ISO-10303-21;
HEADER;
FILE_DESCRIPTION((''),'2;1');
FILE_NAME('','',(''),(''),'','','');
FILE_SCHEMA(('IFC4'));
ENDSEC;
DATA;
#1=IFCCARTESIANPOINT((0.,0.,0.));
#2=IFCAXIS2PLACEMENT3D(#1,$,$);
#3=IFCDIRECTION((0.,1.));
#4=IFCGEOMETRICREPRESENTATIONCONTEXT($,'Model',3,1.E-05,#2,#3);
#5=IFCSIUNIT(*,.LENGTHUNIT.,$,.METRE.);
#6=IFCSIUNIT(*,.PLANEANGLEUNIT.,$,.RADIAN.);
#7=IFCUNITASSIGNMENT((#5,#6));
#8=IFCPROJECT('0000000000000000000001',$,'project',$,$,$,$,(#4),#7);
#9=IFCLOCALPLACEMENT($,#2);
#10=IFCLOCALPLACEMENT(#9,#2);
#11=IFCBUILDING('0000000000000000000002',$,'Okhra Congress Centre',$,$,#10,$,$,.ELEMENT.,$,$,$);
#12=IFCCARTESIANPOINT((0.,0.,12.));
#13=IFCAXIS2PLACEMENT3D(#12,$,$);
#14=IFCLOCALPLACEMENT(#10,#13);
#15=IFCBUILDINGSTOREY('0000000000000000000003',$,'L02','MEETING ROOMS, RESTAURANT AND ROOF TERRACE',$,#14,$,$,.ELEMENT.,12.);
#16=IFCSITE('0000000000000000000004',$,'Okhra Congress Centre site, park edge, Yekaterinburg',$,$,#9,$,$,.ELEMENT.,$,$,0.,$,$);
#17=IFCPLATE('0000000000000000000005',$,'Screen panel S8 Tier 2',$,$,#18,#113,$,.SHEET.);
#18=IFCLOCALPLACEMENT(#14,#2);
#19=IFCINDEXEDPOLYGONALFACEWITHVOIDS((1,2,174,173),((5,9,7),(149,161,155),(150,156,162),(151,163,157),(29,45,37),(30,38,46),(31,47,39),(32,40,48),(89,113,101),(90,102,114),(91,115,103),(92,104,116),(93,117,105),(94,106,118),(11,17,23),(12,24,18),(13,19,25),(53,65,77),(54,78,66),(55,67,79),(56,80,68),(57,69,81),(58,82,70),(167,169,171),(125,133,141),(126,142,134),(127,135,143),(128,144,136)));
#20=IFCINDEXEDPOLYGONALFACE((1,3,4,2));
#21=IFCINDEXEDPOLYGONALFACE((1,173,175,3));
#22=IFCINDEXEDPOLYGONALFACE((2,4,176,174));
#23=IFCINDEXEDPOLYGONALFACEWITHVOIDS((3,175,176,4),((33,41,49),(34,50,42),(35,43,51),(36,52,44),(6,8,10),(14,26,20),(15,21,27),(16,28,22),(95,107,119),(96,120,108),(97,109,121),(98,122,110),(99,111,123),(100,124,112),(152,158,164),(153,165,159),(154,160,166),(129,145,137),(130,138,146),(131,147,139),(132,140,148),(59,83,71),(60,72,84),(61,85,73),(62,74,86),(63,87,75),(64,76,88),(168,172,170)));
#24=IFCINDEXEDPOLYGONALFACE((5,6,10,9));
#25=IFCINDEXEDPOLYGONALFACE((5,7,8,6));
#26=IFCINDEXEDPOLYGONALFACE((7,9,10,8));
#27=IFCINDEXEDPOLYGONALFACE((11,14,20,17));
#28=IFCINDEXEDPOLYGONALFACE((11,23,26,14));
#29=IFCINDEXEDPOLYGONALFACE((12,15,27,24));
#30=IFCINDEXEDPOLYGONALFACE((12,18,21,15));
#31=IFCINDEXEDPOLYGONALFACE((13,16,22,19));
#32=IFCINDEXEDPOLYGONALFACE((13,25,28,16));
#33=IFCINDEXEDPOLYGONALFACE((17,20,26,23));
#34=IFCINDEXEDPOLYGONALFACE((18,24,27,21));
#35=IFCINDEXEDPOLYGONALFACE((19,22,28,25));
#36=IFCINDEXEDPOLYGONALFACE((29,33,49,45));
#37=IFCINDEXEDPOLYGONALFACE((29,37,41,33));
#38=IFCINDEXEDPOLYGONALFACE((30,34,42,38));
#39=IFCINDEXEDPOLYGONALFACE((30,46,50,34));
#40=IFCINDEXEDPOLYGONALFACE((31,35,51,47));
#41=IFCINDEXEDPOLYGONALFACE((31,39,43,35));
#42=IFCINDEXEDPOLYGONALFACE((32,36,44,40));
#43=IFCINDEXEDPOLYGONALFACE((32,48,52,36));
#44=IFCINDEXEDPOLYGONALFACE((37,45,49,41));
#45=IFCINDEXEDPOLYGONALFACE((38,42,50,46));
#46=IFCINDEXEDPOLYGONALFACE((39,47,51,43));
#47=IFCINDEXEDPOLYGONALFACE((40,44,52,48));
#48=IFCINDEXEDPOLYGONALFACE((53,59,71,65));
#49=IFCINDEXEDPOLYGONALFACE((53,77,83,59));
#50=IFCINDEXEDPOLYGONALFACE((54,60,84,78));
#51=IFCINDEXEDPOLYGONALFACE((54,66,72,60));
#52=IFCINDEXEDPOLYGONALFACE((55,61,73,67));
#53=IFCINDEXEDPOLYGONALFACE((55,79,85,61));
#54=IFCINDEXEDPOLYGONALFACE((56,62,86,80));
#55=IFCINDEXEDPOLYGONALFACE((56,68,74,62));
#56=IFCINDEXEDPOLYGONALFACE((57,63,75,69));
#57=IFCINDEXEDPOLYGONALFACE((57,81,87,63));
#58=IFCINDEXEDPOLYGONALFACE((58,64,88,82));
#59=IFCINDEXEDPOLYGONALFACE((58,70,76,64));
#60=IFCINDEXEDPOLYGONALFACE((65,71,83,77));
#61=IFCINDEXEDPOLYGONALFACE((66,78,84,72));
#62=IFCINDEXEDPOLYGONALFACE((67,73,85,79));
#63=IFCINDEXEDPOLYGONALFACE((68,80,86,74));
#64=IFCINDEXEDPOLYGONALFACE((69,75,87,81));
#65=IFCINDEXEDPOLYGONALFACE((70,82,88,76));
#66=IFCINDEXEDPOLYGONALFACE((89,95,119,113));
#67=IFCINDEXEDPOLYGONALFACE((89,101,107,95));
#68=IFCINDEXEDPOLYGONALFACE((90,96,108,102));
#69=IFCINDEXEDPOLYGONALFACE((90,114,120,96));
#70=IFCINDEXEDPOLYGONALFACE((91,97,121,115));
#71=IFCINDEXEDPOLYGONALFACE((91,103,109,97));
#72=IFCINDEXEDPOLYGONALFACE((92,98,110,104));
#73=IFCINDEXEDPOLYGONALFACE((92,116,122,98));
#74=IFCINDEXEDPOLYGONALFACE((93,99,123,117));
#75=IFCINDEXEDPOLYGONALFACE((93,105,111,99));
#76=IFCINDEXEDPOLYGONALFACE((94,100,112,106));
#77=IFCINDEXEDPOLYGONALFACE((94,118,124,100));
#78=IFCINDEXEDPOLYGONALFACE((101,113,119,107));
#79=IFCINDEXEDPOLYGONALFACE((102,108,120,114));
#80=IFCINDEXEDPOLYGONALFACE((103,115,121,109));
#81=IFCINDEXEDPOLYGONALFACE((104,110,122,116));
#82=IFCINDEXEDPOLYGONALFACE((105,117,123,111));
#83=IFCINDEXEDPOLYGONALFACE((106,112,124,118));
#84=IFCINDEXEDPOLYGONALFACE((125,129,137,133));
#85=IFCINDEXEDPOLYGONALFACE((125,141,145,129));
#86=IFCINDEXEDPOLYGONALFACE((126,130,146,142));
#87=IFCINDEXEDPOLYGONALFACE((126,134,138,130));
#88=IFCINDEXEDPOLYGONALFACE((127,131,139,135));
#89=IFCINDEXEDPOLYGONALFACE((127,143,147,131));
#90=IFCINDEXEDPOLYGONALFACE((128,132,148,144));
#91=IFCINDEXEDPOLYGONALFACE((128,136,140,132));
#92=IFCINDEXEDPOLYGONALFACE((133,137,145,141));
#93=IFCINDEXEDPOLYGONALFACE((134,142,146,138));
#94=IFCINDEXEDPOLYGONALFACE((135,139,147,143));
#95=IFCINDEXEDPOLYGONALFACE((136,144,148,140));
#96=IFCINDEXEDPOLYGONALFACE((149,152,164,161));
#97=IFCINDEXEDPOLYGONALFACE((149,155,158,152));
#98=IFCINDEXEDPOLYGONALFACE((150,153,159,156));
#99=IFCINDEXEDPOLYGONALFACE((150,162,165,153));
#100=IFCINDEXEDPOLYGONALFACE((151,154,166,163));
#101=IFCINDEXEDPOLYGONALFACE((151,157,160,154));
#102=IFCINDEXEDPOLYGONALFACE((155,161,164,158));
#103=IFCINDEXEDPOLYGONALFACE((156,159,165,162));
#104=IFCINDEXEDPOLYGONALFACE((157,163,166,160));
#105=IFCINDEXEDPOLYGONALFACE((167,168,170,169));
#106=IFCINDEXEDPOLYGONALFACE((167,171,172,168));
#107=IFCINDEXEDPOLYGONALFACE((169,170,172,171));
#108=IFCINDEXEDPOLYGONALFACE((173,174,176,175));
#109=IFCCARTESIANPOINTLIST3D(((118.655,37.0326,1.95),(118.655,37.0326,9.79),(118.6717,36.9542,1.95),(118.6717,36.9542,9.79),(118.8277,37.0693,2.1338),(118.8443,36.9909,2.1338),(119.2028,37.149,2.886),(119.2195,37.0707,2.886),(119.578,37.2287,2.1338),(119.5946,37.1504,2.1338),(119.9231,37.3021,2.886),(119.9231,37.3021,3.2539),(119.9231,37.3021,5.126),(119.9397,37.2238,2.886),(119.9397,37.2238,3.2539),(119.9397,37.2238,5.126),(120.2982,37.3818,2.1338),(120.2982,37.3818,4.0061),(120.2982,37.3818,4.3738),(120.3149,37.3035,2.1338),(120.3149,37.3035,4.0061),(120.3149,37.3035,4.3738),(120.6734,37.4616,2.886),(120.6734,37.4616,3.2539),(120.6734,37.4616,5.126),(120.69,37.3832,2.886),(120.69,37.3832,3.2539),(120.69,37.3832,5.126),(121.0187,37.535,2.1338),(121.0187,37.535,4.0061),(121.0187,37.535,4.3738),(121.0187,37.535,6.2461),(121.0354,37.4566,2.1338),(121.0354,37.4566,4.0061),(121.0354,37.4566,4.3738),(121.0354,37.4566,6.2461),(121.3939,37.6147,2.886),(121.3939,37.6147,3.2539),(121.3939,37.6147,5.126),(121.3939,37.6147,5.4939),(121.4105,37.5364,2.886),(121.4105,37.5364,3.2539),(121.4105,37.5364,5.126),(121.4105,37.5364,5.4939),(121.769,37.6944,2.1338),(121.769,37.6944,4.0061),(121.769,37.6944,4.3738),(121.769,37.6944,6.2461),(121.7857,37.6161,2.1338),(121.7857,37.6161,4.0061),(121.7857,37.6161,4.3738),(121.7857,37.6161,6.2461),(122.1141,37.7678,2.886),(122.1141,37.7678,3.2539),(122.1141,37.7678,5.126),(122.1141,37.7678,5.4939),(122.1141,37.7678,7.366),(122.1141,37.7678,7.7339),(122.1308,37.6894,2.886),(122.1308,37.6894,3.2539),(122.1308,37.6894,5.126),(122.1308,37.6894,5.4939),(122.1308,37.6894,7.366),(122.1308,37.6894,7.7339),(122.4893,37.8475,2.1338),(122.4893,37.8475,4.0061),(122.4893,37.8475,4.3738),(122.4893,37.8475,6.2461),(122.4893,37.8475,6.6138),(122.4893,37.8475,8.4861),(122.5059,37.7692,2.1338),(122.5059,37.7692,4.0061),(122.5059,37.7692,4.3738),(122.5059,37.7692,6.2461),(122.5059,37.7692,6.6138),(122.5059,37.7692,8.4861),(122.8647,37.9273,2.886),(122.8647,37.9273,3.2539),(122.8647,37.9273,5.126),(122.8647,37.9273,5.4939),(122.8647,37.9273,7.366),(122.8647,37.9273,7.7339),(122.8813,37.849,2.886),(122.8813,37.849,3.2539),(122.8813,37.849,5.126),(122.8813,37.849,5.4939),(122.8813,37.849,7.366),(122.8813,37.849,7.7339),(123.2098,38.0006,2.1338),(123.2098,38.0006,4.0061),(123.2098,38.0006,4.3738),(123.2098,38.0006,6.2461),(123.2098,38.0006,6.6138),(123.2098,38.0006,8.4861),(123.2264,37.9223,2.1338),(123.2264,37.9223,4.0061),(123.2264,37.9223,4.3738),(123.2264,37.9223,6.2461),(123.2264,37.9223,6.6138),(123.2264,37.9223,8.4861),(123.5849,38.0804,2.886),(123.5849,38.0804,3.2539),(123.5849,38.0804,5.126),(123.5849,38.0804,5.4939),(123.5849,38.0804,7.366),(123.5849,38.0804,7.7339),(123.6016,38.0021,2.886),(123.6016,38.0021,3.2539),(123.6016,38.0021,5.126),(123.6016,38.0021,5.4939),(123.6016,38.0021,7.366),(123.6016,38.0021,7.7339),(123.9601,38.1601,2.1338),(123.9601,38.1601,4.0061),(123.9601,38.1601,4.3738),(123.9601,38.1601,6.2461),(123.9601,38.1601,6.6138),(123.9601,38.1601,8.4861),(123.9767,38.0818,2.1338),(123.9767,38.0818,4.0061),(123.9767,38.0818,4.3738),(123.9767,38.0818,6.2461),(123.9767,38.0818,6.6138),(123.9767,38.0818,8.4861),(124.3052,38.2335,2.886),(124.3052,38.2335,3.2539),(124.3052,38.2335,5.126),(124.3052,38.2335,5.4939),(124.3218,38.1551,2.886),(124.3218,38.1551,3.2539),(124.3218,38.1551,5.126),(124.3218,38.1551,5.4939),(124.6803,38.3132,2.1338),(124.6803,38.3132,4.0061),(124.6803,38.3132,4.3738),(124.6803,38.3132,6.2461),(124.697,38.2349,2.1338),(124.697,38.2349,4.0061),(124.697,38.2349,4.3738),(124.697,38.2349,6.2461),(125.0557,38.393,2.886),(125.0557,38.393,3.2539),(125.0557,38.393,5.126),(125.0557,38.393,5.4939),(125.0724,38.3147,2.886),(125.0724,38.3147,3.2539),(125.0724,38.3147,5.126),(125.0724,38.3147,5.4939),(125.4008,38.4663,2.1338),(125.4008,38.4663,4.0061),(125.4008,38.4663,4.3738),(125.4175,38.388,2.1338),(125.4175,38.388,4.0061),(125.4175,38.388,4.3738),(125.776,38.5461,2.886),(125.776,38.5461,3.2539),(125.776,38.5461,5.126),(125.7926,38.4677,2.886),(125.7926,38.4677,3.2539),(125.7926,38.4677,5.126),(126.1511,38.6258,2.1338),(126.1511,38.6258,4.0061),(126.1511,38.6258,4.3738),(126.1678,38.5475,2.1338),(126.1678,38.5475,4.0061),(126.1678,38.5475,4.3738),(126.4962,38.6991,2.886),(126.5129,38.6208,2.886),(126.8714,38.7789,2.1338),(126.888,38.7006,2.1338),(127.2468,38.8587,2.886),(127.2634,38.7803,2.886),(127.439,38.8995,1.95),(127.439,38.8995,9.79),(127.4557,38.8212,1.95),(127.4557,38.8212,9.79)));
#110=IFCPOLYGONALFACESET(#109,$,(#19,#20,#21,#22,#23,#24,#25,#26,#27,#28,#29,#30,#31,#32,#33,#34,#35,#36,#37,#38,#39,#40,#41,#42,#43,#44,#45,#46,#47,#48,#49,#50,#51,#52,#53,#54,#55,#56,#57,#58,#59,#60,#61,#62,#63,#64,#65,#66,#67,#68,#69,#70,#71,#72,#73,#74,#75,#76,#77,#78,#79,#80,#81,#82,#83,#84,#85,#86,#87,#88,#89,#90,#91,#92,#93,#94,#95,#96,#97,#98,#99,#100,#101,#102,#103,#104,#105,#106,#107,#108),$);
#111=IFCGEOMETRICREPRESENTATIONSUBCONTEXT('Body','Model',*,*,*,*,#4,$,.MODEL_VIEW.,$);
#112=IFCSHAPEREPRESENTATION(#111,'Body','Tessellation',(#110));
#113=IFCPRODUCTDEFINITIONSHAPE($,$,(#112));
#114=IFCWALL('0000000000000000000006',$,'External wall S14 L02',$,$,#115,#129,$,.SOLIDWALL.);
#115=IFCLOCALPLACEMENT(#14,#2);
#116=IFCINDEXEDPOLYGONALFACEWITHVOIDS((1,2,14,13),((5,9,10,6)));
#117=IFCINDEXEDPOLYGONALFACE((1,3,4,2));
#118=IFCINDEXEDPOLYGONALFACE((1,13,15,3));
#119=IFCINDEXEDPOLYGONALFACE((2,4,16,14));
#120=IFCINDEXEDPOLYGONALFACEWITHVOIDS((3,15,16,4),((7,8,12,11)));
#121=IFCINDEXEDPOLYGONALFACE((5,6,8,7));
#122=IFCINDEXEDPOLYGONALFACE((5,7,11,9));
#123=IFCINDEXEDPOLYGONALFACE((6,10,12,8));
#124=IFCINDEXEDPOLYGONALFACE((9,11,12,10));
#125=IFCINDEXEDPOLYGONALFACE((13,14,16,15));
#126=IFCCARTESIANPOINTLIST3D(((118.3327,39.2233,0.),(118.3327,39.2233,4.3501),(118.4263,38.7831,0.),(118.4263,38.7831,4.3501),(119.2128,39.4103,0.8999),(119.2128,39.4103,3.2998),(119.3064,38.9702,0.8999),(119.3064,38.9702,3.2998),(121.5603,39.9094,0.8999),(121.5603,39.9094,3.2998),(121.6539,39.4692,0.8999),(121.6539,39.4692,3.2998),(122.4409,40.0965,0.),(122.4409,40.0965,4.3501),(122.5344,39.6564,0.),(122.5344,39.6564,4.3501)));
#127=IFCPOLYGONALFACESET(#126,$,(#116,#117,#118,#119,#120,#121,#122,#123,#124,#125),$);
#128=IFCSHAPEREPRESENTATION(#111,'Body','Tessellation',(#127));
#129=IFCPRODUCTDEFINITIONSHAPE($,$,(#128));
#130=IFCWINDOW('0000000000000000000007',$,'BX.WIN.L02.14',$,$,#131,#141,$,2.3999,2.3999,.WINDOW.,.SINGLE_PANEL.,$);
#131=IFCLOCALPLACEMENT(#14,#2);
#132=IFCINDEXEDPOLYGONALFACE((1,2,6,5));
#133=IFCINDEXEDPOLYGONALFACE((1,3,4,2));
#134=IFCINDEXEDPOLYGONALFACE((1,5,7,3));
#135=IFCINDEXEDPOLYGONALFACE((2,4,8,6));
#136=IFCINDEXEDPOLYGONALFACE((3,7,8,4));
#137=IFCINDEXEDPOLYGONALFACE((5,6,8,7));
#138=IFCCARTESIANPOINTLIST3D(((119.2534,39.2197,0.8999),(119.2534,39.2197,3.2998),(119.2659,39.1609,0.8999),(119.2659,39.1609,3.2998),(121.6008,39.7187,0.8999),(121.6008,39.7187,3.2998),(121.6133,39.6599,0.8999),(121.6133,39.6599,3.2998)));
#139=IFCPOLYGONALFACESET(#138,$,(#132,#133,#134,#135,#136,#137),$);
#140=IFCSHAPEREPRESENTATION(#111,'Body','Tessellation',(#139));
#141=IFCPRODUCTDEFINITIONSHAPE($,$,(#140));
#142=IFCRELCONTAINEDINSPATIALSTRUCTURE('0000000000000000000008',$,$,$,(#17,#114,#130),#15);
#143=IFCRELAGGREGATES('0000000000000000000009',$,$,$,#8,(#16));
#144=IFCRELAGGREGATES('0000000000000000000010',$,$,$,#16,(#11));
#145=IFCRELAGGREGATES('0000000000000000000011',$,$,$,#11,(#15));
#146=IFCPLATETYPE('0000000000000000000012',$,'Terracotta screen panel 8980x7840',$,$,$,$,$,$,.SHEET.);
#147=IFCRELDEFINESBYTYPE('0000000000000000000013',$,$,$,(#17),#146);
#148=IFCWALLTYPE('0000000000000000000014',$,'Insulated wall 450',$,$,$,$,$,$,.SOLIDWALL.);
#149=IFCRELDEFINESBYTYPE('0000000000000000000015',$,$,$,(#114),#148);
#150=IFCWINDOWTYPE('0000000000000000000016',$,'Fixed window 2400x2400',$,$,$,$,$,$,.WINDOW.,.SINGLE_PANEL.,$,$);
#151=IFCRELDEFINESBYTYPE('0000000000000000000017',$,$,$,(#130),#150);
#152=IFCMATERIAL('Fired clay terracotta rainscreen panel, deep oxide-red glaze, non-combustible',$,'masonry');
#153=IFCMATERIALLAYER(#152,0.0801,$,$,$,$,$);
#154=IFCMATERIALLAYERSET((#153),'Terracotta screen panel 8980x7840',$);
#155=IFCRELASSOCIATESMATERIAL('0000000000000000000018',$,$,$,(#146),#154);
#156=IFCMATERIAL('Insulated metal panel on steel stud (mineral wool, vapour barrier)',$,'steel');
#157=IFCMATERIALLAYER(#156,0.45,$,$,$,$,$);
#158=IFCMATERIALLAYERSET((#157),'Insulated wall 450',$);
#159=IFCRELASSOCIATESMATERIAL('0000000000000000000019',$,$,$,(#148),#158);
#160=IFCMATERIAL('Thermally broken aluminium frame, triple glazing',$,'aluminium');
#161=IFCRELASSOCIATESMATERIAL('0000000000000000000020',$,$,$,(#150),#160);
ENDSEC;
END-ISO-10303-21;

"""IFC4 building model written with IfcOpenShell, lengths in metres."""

from ifc_helpers import new_model, si_unit, direction, frame, frame_2d, origin, place, context, subcontext, project, spatial, polyline, rectangle, outline, extrude, material, layer, layer_set, type_object, element, fill, save


model = new_model("IFC4")

# Units and contexts
model_context = context("Model", 3, precision=1e-05, world=origin(), true_north=direction((0.0, 1.0)))
body_context = subcontext(model_context, "Body", "Model", "MODEL_VIEW")
ifc_project = project(units=[si_unit("LENGTHUNIT", "METRE"), si_unit("PLANEANGLEUNIT", "RADIAN")], contexts=[model_context])

# Site, building, storey
site_placement = place(None, origin())
site = spatial("IfcSite", under=ifc_project, at=site_placement, Name="Okhra Congress Centre site, park edge, Yekaterinburg", CompositionType="ELEMENT", RefElevation=0.0)
building_placement = place(site_placement, origin())
building = spatial("IfcBuilding", under=site, at=building_placement, Name="Okhra Congress Centre", CompositionType="ELEMENT")
storey_placement = place(building_placement, frame((0.0, 0.0, 12.0)))
storey = spatial("IfcBuildingStorey", under=building, at=storey_placement, Name="L02", Description="MEETING ROOMS, RESTAURANT AND ROOF TERRACE", CompositionType="ELEMENT", Elevation=12.0)

# Plate
ifc_material_1 = material(Name="Fired clay terracotta rainscreen panel, deep oxide-red glaze, non-combustible", Category="masonry")
ifc_layer_1 = layer(ifc_material_1, 0.0801)
ifc_layer_set_1 = layer_set([ifc_layer_1], Name="Terracotta screen panel 8980x7840")
plate_type = type_object("IfcPlateType", Name="Terracotta screen panel 8980x7840", PredefinedType="SHEET", material=ifc_layer_set_1)
plate_placement = place(storey_placement, frame((118.6633, 36.9934, 1.95), z_axis=(0.0, 0.0, 1.0), x_axis=(0.978151, 0.207897, 0.0)))
element("IfcPlate", 1, at=plate_placement, inside=storey, type_object=plate_type, Name="Screen panel S8 Tier 2", PredefinedType="SHEET", context=body_context, shape_type="SweptSolid", body=[
    extrude(outline(polyline([(0.0, 0.0), (8.9802, 0.0), (8.9802, 7.8401), (0.0, 7.8401), (0.0, 0.0)]), holes=[polyline([(0.1765, 0.1838), (0.9436, 0.1838), (0.5601, 0.936), (0.1765, 0.1838)]), polyline([(1.2964, 0.936), (1.6799, 0.1838), (2.0635, 0.936), (1.2964, 0.936)]), polyline([(2.4165, 0.1838), (3.1836, 0.1838), (2.8, 0.936), (2.4165, 0.1838)]), polyline([(3.5364, 0.936), (3.9199, 0.1838), (4.3037, 0.936), (3.5364, 0.936)]), polyline([(4.6565, 0.1838), (5.4236, 0.1838), (5.04, 0.936), (4.6565, 0.1838)]), polyline([(5.7764, 0.936), (6.1599, 0.1838), (6.5437, 0.936), (5.7764, 0.936)]), polyline([(6.8965, 0.1838), (7.6636, 0.1838), (7.28, 0.936), (6.8965, 0.1838)]), polyline([(8.0164, 0.936), (8.3999, 0.1838), (8.7837, 0.936), (8.0164, 0.936)]), polyline([(1.2964, 1.304), (2.0635, 1.304), (1.6799, 2.0562), (1.2964, 1.304)]), polyline([(2.4165, 2.0562), (2.8, 1.304), (3.1836, 2.0562), (2.4165, 2.0562)]), polyline([(3.5364, 1.304), (4.3037, 1.304), (3.9199, 2.0562), (3.5364, 1.304)]), polyline([(4.6565, 2.0562), (5.04, 1.304), (5.4236, 2.0562), (4.6565, 2.0562)]), polyline([(5.7764, 1.304), (6.5437, 1.304), (6.1599, 2.0562), (5.7764, 1.304)]), polyline([(6.8965, 2.0562), (7.28, 1.304), (7.6636, 2.0562), (6.8965, 2.0562)]), polyline([(1.2964, 3.176), (1.6799, 2.4238), (2.0635, 3.176), (1.2964, 3.176)]), polyline([(2.4165, 2.4238), (3.1836, 2.4238), (2.8, 3.176), (2.4165, 2.4238)]), polyline([(3.5364, 3.176), (3.9199, 2.4238), (4.3037, 3.176), (3.5364, 3.176)]), polyline([(4.6565, 2.4238), (5.4236, 2.4238), (5.04, 3.176), (4.6565, 2.4238)]), polyline([(5.7764, 3.176), (6.1599, 2.4238), (6.5437, 3.176), (5.7764, 3.176)]), polyline([(6.8965, 2.4238), (7.6636, 2.4238), (7.28, 3.176), (6.8965, 2.4238)]), polyline([(2.4165, 4.2961), (2.8, 3.5439), (3.1836, 4.2961), (2.4165, 4.2961)]), polyline([(3.5364, 3.5439), (4.3037, 3.5439), (3.9199, 4.2961), (3.5364, 3.5439)]), polyline([(4.6565, 4.2961), (5.04, 3.5439), (5.4236, 4.2961), (4.6565, 4.2961)]), polyline([(5.7764, 3.5439), (6.5437, 3.5439), (6.1599, 4.2961), (5.7764, 3.5439)]), polyline([(3.5364, 5.416), (3.9199, 4.6638), (4.3037, 5.416), (3.5364, 5.416)]), polyline([(4.6565, 4.6638), (5.4236, 4.6638), (5.04, 5.416), (4.6565, 4.6638)]), polyline([(3.5364, 5.7839), (4.3037, 5.7839), (3.9199, 6.5361), (3.5364, 5.7839)]), polyline([(4.6565, 6.5361), (5.04, 5.7839), (5.4236, 6.5361), (4.6565, 6.5361)])]), frame((0.0, 0.04, 0.0), z_axis=(0.0, -1.0, 0.0), x_axis=(1.0, 0.0, 0.0)), (0.0, 0.0, 1.0), 0.0801),
])

# Wall, opening, window
ifc_material_2 = material(Name="Insulated metal panel on steel stud (mineral wool, vapour barrier)", Category="steel")
ifc_layer_2 = layer(ifc_material_2, 0.45)
ifc_layer_set_2 = layer_set([ifc_layer_2], Name="Insulated wall 450")
wall_type_1 = type_object("IfcWallType", Name="Insulated wall 450", PredefinedType="SOLIDWALL", material=ifc_layer_set_2)
wall_1_placement = place(storey_placement, frame((118.3794, 39.0032, 0.0), z_axis=(0.0, 0.0, 1.0), x_axis=(0.978144, 0.207929, 0.0)))
wall_1 = element("IfcWall", 2, at=wall_1_placement, inside=storey, type_object=wall_type_1, Name="External wall S14 L02", PredefinedType="SOLIDWALL", context=body_context, shape_type="SweptSolid", body=[
    extrude(rectangle(XDim=4.2, YDim=0.45, at=frame_2d((2.1001, 0.0))), origin(), (0.0, 0.0, 1.0), 4.3501),
])
opening_1_placement = place(wall_1_placement, frame((0.8999, 0.0, 0.8999)))
opening_1 = element("IfcOpeningElement", 3, at=opening_1_placement, cuts=wall_1, PredefinedType="OPENING", context=body_context, shape_type="SweptSolid", body=[
    extrude(rectangle(XDim=2.3999, YDim=2.3999, at=frame_2d((1.2, 1.2))), frame((0.0, 0.2349, 0.0), z_axis=(0.0, -1.0, 0.0), x_axis=(1.0, 0.0, 0.0)), (0.0, 0.0, 1.0), 0.47),
])
ifc_material_3 = material(Name="Thermally broken aluminium frame, triple glazing", Category="aluminium")
window_type_1 = type_object("IfcWindowType", Name="Fixed window 2400x2400", PartitioningType="SINGLE_PANEL", PredefinedType="WINDOW", material=ifc_material_3)
window_1_placement = place(opening_1_placement, origin())
window_1 = element("IfcWindow", 4, at=window_1_placement, inside=storey, type_object=window_type_1, Name="BX.WIN.L02.14", OverallHeight=2.3999, OverallWidth=2.3999, PartitioningType="SINGLE_PANEL", PredefinedType="WINDOW", context=body_context, shape_type="SweptSolid", body=[
    extrude(rectangle(XDim=2.3999, YDim=2.3999, at=frame_2d((1.2, 1.2))), frame((0.0, 0.03, 0.0), z_axis=(0.0, -1.0, 0.0), x_axis=(1.0, 0.0, 0.0)), (0.0, 0.0, 1.0), 0.0601),
])
fill(opening_1, window_1)

save(model, "model.ifc")
